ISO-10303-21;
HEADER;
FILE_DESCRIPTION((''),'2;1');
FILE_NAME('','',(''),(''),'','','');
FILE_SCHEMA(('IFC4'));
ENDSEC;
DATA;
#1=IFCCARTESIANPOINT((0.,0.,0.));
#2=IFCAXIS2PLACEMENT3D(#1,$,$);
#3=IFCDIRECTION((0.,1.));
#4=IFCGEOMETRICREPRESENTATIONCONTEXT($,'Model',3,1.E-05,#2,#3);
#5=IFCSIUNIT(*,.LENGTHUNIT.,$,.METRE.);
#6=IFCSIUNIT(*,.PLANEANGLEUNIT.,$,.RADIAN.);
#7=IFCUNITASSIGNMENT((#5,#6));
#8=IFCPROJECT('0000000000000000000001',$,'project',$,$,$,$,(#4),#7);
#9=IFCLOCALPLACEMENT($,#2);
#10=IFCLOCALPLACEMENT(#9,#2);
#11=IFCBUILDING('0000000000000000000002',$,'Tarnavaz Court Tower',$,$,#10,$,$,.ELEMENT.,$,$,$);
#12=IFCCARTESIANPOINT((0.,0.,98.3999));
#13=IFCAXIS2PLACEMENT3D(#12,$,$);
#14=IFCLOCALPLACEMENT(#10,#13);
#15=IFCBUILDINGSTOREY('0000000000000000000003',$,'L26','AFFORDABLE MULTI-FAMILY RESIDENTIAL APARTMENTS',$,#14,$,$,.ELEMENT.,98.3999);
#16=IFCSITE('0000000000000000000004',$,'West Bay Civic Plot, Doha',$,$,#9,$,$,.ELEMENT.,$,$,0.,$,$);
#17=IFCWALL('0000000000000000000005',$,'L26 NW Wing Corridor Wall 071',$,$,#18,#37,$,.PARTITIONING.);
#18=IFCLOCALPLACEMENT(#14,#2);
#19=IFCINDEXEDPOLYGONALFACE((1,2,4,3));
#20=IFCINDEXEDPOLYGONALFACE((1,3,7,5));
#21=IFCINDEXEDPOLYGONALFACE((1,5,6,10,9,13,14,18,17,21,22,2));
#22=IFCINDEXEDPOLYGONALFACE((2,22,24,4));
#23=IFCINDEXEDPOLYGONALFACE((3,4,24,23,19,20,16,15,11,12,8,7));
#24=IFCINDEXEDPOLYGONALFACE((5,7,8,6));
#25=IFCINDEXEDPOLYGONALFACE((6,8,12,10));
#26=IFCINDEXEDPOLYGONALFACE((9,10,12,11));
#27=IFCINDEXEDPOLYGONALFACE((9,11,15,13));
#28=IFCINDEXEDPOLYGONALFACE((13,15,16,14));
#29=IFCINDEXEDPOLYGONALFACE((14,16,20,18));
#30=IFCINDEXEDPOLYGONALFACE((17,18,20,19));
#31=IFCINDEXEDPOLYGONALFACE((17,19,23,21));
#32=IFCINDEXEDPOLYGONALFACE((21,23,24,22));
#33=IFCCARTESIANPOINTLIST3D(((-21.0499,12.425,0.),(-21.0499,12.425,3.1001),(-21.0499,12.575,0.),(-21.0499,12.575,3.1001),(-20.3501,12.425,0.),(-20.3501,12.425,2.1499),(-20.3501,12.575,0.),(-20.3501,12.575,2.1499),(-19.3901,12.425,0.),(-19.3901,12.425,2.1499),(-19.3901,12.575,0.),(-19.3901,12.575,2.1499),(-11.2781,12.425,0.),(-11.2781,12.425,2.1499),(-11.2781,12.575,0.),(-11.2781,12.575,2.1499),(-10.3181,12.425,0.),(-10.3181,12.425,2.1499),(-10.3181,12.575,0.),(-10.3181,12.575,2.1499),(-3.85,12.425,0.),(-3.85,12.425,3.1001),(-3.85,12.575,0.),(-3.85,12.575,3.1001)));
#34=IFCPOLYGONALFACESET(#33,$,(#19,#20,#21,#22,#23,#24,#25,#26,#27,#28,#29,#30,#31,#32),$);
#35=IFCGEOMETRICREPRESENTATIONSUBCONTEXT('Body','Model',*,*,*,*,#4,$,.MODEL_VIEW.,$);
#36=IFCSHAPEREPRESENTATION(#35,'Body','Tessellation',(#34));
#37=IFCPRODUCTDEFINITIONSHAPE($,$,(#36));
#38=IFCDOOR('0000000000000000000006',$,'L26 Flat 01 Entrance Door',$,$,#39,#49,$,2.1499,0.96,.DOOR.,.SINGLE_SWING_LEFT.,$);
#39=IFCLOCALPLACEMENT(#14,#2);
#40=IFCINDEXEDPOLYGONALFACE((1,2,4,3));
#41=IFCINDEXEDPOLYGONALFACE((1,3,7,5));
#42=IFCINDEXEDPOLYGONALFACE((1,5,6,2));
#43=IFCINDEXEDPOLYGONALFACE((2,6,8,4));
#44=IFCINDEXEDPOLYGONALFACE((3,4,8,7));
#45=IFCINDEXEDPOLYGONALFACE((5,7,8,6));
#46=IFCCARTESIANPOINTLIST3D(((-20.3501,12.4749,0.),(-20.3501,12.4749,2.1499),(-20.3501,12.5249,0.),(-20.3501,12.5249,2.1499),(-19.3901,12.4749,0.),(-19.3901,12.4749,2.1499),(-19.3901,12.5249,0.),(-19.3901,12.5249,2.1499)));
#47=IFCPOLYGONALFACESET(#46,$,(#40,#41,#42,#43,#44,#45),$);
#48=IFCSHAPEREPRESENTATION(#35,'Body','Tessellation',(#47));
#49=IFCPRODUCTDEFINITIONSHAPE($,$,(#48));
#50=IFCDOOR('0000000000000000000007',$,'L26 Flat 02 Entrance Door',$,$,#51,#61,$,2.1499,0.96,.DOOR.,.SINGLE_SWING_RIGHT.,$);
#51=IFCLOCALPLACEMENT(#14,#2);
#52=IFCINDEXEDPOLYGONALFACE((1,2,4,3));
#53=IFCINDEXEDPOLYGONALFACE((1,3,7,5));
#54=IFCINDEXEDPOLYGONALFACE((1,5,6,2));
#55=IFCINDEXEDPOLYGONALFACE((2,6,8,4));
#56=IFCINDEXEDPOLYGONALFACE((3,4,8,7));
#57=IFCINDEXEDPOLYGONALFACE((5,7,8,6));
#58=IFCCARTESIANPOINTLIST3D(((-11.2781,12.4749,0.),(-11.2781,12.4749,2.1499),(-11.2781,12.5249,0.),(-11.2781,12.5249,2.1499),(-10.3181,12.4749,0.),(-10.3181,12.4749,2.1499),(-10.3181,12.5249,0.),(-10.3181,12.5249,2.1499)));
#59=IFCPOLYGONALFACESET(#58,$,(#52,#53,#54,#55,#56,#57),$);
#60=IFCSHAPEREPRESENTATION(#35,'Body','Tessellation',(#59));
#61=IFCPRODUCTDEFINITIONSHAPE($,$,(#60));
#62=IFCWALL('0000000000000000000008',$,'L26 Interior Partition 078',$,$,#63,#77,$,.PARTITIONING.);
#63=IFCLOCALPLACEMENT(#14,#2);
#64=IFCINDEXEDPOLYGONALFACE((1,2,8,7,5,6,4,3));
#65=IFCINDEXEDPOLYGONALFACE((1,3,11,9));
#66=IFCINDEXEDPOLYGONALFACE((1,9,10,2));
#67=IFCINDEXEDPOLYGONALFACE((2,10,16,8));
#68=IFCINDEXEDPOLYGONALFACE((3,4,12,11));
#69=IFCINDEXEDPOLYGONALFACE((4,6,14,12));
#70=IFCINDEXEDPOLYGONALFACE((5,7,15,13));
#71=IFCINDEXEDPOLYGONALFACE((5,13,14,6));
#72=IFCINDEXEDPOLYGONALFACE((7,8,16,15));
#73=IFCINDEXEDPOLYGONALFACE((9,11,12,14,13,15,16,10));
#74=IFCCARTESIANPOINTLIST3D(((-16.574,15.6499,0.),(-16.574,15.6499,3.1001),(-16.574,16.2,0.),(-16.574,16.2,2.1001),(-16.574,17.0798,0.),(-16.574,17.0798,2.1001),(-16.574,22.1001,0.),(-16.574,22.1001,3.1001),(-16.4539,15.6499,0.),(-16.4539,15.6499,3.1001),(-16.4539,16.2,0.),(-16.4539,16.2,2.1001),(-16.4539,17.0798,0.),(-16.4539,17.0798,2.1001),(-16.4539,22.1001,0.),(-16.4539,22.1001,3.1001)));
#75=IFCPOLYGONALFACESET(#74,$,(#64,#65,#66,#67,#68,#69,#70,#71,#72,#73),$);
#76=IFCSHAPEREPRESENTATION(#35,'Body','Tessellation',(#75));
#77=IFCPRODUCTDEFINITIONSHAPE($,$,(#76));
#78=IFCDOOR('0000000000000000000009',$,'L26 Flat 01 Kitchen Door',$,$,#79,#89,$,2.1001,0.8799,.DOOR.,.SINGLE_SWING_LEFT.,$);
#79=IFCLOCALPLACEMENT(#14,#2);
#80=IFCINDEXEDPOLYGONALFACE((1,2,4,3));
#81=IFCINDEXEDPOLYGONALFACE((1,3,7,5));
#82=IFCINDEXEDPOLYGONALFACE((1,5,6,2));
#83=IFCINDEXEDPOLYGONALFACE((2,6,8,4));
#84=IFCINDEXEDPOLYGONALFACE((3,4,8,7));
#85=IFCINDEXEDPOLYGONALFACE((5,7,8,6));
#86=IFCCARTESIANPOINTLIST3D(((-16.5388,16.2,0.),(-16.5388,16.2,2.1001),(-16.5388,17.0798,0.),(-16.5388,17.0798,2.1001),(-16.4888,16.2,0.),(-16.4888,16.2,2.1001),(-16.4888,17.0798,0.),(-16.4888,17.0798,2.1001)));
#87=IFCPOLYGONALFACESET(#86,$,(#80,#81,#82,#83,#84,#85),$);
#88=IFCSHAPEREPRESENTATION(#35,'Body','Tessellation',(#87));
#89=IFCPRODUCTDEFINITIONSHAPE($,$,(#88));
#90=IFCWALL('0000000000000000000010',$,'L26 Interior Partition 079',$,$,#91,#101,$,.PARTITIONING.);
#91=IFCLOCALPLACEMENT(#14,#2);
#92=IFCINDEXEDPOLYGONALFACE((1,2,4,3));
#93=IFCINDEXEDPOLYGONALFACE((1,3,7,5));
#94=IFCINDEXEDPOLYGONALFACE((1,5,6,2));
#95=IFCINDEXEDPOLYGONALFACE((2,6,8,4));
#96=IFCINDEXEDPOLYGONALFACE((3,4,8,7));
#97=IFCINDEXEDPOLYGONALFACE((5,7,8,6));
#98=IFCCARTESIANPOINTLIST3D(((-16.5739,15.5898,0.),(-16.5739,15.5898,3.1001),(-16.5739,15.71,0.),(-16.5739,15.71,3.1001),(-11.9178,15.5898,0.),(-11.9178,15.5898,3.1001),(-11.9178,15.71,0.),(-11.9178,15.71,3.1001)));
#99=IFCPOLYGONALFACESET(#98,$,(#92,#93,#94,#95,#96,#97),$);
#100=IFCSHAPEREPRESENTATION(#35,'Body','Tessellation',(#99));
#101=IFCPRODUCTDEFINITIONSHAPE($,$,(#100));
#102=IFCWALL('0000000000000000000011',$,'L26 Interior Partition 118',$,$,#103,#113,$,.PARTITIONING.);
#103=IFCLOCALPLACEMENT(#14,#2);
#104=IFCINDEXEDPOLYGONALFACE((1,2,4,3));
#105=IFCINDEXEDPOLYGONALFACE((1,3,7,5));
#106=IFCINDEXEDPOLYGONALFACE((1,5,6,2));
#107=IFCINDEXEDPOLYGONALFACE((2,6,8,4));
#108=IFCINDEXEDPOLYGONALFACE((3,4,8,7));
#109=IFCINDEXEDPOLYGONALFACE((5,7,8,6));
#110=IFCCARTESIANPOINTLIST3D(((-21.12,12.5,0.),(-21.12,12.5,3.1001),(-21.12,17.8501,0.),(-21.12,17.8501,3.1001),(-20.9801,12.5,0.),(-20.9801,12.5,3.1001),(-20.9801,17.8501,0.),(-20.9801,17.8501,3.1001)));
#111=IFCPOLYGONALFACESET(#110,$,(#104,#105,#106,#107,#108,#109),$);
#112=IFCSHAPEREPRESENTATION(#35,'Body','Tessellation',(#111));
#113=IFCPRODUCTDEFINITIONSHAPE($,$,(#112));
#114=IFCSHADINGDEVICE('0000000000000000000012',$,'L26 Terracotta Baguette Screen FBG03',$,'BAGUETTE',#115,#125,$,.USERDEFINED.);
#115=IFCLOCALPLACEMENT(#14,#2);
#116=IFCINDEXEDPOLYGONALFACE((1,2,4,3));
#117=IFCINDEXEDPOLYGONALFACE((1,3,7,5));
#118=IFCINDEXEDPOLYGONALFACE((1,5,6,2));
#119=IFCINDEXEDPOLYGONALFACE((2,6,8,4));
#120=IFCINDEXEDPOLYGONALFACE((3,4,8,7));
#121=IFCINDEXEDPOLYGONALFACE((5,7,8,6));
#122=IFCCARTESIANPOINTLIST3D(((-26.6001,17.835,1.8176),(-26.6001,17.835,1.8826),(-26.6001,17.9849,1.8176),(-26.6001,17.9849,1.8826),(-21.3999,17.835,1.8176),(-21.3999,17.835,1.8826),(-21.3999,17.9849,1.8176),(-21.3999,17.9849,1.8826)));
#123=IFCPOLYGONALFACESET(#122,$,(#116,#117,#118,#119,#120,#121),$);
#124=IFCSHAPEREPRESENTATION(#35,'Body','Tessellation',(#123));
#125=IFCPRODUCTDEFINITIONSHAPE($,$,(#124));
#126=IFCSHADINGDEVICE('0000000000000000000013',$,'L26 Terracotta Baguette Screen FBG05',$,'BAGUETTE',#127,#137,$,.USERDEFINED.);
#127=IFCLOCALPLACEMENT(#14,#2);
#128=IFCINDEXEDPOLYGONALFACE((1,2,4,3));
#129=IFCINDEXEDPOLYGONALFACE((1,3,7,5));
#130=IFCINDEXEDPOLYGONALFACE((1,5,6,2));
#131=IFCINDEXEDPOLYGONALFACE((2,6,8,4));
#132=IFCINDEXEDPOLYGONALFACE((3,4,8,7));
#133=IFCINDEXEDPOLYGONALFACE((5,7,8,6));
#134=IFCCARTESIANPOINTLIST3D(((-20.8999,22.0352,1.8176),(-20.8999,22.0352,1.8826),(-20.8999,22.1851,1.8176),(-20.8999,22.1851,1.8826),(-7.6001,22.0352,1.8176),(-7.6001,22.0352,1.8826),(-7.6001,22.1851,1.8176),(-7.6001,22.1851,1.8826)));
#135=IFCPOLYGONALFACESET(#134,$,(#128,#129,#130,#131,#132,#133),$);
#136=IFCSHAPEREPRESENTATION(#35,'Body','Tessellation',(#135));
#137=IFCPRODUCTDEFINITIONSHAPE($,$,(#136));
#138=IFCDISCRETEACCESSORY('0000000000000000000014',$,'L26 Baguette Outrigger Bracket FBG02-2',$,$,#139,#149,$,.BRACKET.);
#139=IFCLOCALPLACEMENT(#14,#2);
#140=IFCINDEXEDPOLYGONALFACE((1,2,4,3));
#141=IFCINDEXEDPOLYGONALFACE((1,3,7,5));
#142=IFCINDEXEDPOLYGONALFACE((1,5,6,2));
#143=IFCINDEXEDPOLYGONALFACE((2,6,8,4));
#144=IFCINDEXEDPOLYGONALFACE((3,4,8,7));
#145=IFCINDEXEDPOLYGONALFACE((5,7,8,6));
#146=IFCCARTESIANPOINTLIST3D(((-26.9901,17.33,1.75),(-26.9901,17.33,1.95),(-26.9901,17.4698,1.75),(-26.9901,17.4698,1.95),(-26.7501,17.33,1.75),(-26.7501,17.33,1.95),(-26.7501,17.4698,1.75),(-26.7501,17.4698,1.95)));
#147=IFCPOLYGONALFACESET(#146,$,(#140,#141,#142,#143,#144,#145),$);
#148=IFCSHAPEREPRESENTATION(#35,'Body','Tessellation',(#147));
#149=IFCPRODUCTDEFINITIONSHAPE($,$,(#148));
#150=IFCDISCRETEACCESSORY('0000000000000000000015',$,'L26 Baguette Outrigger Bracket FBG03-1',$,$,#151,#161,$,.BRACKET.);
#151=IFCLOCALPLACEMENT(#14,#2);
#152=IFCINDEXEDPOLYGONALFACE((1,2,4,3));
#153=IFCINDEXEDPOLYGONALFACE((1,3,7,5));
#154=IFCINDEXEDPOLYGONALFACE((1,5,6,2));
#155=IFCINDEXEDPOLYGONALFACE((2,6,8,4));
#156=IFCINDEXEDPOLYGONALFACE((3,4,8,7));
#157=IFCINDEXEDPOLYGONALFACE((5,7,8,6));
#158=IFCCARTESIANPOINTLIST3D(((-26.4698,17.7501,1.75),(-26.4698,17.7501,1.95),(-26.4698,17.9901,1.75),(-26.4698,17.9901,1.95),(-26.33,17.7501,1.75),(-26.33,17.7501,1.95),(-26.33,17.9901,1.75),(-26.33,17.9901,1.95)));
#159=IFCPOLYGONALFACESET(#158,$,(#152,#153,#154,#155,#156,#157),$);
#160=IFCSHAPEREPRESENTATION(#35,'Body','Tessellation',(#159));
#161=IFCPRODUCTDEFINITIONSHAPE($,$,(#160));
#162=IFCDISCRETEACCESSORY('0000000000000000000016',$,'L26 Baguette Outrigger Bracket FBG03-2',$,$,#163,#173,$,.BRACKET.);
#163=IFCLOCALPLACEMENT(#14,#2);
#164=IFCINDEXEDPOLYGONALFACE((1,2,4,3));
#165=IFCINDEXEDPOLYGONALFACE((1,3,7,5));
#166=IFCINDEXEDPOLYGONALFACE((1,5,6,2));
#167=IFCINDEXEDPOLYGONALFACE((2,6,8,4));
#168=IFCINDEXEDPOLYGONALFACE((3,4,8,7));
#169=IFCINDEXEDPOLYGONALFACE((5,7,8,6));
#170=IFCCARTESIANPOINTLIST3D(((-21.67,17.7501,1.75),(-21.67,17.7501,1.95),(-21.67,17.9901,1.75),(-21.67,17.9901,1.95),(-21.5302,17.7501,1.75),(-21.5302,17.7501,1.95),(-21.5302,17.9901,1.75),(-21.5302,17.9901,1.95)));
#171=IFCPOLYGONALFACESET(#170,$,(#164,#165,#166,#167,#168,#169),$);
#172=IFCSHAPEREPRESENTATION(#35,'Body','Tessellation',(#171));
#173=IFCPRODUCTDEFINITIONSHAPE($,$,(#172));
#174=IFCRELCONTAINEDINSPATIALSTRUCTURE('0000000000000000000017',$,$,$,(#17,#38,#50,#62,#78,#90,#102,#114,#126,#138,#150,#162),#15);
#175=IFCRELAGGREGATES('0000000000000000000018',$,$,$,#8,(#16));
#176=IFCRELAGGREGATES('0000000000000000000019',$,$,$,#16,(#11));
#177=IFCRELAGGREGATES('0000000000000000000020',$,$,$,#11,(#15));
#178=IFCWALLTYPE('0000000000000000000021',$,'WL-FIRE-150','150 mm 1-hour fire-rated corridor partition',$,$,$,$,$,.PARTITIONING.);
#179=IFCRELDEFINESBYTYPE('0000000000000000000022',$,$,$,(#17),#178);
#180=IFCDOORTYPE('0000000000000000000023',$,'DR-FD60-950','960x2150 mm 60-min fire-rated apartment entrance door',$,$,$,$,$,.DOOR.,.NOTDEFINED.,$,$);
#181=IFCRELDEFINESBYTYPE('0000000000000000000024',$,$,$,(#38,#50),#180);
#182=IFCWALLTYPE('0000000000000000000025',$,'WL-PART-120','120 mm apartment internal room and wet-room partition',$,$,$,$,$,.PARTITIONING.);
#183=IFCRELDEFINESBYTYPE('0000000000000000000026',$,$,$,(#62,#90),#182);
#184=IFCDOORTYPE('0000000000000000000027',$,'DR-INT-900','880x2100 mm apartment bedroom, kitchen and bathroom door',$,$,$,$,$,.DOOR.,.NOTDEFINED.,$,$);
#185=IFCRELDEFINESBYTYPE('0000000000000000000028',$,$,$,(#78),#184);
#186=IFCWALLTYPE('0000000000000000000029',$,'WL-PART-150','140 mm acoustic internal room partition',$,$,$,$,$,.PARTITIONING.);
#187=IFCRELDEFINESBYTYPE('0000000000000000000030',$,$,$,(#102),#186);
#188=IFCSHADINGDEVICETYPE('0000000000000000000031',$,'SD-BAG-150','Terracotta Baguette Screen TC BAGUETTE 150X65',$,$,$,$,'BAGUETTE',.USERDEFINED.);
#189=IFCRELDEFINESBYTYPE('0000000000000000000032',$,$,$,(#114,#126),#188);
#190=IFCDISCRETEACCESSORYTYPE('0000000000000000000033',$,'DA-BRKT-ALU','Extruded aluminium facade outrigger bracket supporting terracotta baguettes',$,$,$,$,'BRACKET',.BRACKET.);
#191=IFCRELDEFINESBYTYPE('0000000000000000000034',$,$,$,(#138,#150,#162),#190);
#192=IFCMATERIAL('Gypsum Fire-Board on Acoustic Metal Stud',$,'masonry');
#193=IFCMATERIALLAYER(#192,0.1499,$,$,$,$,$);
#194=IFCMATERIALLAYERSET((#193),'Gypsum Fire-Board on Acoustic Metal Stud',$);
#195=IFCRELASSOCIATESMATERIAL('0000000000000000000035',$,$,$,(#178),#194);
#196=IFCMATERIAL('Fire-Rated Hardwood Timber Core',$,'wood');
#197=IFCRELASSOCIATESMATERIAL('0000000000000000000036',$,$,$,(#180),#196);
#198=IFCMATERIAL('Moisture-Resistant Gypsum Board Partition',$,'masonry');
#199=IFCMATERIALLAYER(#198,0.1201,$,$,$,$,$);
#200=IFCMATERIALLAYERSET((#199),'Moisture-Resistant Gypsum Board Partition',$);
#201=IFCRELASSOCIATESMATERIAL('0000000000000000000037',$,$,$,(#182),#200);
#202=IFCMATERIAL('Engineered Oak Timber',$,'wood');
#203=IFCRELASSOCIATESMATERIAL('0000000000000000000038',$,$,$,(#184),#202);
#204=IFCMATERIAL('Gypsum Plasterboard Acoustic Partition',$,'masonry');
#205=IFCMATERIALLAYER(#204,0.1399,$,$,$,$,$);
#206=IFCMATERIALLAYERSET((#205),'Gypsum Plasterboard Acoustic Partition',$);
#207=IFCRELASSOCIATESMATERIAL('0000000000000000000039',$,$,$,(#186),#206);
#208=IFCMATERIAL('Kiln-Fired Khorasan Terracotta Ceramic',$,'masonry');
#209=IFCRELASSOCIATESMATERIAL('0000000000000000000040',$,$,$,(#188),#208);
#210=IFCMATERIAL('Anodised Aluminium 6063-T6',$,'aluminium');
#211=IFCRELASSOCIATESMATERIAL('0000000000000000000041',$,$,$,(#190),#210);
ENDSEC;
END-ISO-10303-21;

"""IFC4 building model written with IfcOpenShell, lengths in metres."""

from ifc_helpers import new_model, si_unit, direction, frame, frame_2d, origin, origin_2d, place, context, subcontext, project, spatial, rectangle, extrude, material, layer, layer_set, material_profile, profile_set, type_object, element, fill, save


model = new_model("IFC4")

# Units and contexts
model_context = context("Model", 3, precision=1e-05, world=origin(), true_north=direction((0.0, 1.0)))
body_context = subcontext(model_context, "Body", "Model", "MODEL_VIEW")
ifc_project = project(units=[si_unit("LENGTHUNIT", "METRE"), si_unit("PLANEANGLEUNIT", "RADIAN")], contexts=[model_context])

# Site, building, storey
site_placement = place(None, origin())
site = spatial("IfcSite", under=ifc_project, at=site_placement, Name="West Bay Civic Plot, Doha", CompositionType="ELEMENT", RefElevation=0.0)
building_placement = place(site_placement, origin())
building = spatial("IfcBuilding", under=site, at=building_placement, Name="Tarnavaz Court Tower", CompositionType="ELEMENT")
storey_placement = place(building_placement, frame((0.0, 0.0, 98.3999)))
storey = spatial("IfcBuildingStorey", under=building, at=storey_placement, Name="L26", Description="AFFORDABLE MULTI-FAMILY RESIDENTIAL APARTMENTS", CompositionType="ELEMENT", Elevation=98.3999)

# Wall, openings, doors
ifc_material_1 = material(Name="Gypsum Fire-Board on Acoustic Metal Stud", Category="masonry")
ifc_layer_1 = layer(ifc_material_1, 0.1499)
ifc_layer_set_1 = layer_set([ifc_layer_1], Name="Gypsum Fire-Board on Acoustic Metal Stud")
wall_type_1 = type_object("IfcWallType", Name="WL-FIRE-150", Description="150 mm 1-hour fire-rated corridor partition", PredefinedType="PARTITIONING", material=ifc_layer_set_1)
wall_1_placement = place(storey_placement, frame((-21.05, 12.5, 0.0), z_axis=(0.0, 0.0, 1.0), x_axis=(1.0, 0.0, 0.0)))
wall_1 = element("IfcWall", 1, at=wall_1_placement, inside=storey, type_object=wall_type_1, Name="L26 NW Wing Corridor Wall 071", PredefinedType="PARTITIONING", context=body_context, shape_type="SweptSolid", body=[
    extrude(rectangle(XDim=17.2, YDim=0.1499, at=frame_2d((8.6001, 0.0))), origin(), (0.0, 0.0, 1.0), 3.1001),
])
opening_1_placement = place(wall_1_placement, frame((0.7, 0.0, 0.0)))
opening_1 = element("IfcOpeningElement", 2, at=opening_1_placement, cuts=wall_1, PredefinedType="OPENING", context=body_context, shape_type="SweptSolid", body=[
    extrude(rectangle(XDim=0.96, YDim=2.1499, at=frame_2d((0.48, 1.075))), frame((0.0, 0.085, 0.0), z_axis=(0.0, -1.0, 0.0), x_axis=(1.0, 0.0, 0.0)), (0.0, 0.0, 1.0), 0.1699),
])
opening_2_placement = place(wall_1_placement, frame((9.772, 0.0, 0.0)))
opening_2 = element("IfcOpeningElement", 3, at=opening_2_placement, cuts=wall_1, PredefinedType="OPENING", context=body_context, shape_type="SweptSolid", body=[
    extrude(rectangle(XDim=0.96, YDim=2.1499, at=frame_2d((0.48, 1.075))), frame((0.0, 0.085, 0.0), z_axis=(0.0, -1.0, 0.0), x_axis=(1.0, 0.0, 0.0)), (0.0, 0.0, 1.0), 0.1699),
])
ifc_material_2 = material(Name="Fire-Rated Hardwood Timber Core", Category="wood")
door_type_1 = type_object("IfcDoorType", Name="DR-FD60-950", Description="960x2150 mm 60-min fire-rated apartment entrance door", OperationType="NOTDEFINED", PredefinedType="DOOR", material=ifc_material_2)
door_1_placement = place(opening_1_placement, origin())
door_1 = element("IfcDoor", 4, at=door_1_placement, inside=storey, type_object=door_type_1, Name="L26 Flat 01 Entrance Door", OperationType="SINGLE_SWING_LEFT", OverallHeight=2.1499, OverallWidth=0.96, PredefinedType="DOOR", context=body_context, shape_type="SweptSolid", body=[
    extrude(rectangle(XDim=0.96, YDim=2.1499, at=frame_2d((0.48, 1.075))), frame((0.0, 0.0249, 0.0), z_axis=(0.0, -1.0, 0.0), x_axis=(1.0, 0.0, 0.0)), (0.0, 0.0, 1.0), 0.05),
])
fill(opening_1, door_1)
door_2_placement = place(opening_2_placement, origin())
door_2 = element("IfcDoor", 5, at=door_2_placement, inside=storey, type_object=door_type_1, Name="L26 Flat 02 Entrance Door", OperationType="SINGLE_SWING_RIGHT", OverallHeight=2.1499, OverallWidth=0.96, PredefinedType="DOOR", context=body_context, shape_type="SweptSolid", body=[
    extrude(rectangle(XDim=0.96, YDim=2.1499, at=frame_2d((0.48, 1.075))), frame((0.0, 0.0249, 0.0), z_axis=(0.0, -1.0, 0.0), x_axis=(1.0, 0.0, 0.0)), (0.0, 0.0, 1.0), 0.05),
])
fill(opening_2, door_2)

# Wall, opening, door
ifc_material_3 = material(Name="Moisture-Resistant Gypsum Board Partition", Category="masonry")
ifc_layer_2 = layer(ifc_material_3, 0.1201)
ifc_layer_set_2 = layer_set([ifc_layer_2], Name="Moisture-Resistant Gypsum Board Partition")
wall_type_2 = type_object("IfcWallType", Name="WL-PART-120", Description="120 mm apartment internal room and wet-room partition", PredefinedType="PARTITIONING", material=ifc_layer_set_2)
wall_2_placement = place(storey_placement, frame((-16.5139, 15.6499, 0.0), z_axis=(0.0, 0.0, 1.0), x_axis=(0.0, 1.0, 0.0)))
wall_2 = element("IfcWall", 6, at=wall_2_placement, inside=storey, type_object=wall_type_2, Name="L26 Interior Partition 078", PredefinedType="PARTITIONING", context=body_context, shape_type="SweptSolid", body=[
    extrude(rectangle(XDim=6.4502, YDim=0.1201, at=frame_2d((3.2251, 0.0))), origin(), (0.0, 0.0, 1.0), 3.1001),
])
opening_3_placement = place(wall_2_placement, frame((0.55, 0.0, 0.0)))
opening_3 = element("IfcOpeningElement", 7, at=opening_3_placement, cuts=wall_2, PredefinedType="OPENING", context=body_context, shape_type="SweptSolid", body=[
    extrude(rectangle(XDim=0.8799, YDim=2.1001, at=frame_2d((0.4399, 1.05))), frame((0.0, 0.0701, 0.0), z_axis=(0.0, -1.0, 0.0), x_axis=(1.0, 0.0, 0.0)), (0.0, 0.0, 1.0), 0.1401),
])
ifc_material_4 = material(Name="Engineered Oak Timber", Category="wood")
door_type_2 = type_object("IfcDoorType", Name="DR-INT-900", Description="880x2100 mm apartment bedroom, kitchen and bathroom door", OperationType="NOTDEFINED", PredefinedType="DOOR", material=ifc_material_4)
door_3_placement = place(opening_3_placement, origin())
door_3 = element("IfcDoor", 8, at=door_3_placement, inside=storey, type_object=door_type_2, Name="L26 Flat 01 Kitchen Door", OperationType="SINGLE_SWING_LEFT", OverallHeight=2.1001, OverallWidth=0.8799, PredefinedType="DOOR", context=body_context, shape_type="SweptSolid", body=[
    extrude(rectangle(XDim=0.8799, YDim=2.1001, at=frame_2d((0.4399, 1.05))), frame((0.0, 0.0249, 0.0), z_axis=(0.0, -1.0, 0.0), x_axis=(1.0, 0.0, 0.0)), (0.0, 0.0, 1.0), 0.05),
])
fill(opening_3, door_3)

# Walls
wall_3_placement = place(storey_placement, frame((-16.574, 15.6499, 0.0), z_axis=(0.0, 0.0, 1.0), x_axis=(1.0, 0.0, 0.0)))
element("IfcWall", 9, at=wall_3_placement, inside=storey, type_object=wall_type_2, Name="L26 Interior Partition 079", PredefinedType="PARTITIONING", context=body_context, shape_type="SweptSolid", body=[
    extrude(rectangle(XDim=4.656, YDim=0.1201, at=frame_2d((2.3281, 0.0))), origin(), (0.0, 0.0, 1.0), 3.1001),
])
ifc_material_5 = material(Name="Gypsum Plasterboard Acoustic Partition", Category="masonry")
ifc_layer_3 = layer(ifc_material_5, 0.1399)
ifc_layer_set_3 = layer_set([ifc_layer_3], Name="Gypsum Plasterboard Acoustic Partition")
wall_type_3 = type_object("IfcWallType", Name="WL-PART-150", Description="140 mm acoustic internal room partition", PredefinedType="PARTITIONING", material=ifc_layer_set_3)
wall_4_placement = place(storey_placement, frame((-21.05, 12.5, 0.0), z_axis=(0.0, 0.0, 1.0), x_axis=(0.0, 1.0, 0.0)))
element("IfcWall", 10, at=wall_4_placement, inside=storey, type_object=wall_type_3, Name="L26 Interior Partition 118", PredefinedType="PARTITIONING", context=body_context, shape_type="SweptSolid", body=[
    extrude(rectangle(XDim=5.3501, YDim=0.1399, at=frame_2d((2.675, 0.0))), origin(), (0.0, 0.0, 1.0), 3.1001),
])

# Shading devices
ifc_material_6 = material(Name="Kiln-Fired Khorasan Terracotta Ceramic", Category="masonry")
ifc_material_profile_1 = material_profile(ifc_material_6, rectangle(XDim=0.1499, YDim=0.0649, at=origin_2d()), Name="TC BAGUETTE 150X65")
ifc_profile_set_1 = profile_set([ifc_material_profile_1], Name="Kiln-Fired Khorasan Terracotta Ceramic")
shading_device_type = type_object("IfcShadingDeviceType", Name="SD-BAG-150", Description="Terracotta Baguette Screen TC BAGUETTE 150X65", ElementType="BAGUETTE", PredefinedType="USERDEFINED", material=ifc_profile_set_1)
shading_device_1_placement = place(storey_placement, frame((-26.6001, 17.9099, 1.8501), z_axis=(1.0, 0.0, 0.0), x_axis=(0.0, 1.0, 0.0)))
element("IfcShadingDevice", 11, at=shading_device_1_placement, inside=storey, type_object=shading_device_type, Name="L26 Terracotta Baguette Screen FBG03", ObjectType="BAGUETTE", PredefinedType="USERDEFINED", context=body_context, shape_type="SweptSolid", body=[
    extrude(rectangle(XDim=0.1499, YDim=0.0649, at=origin_2d()), origin(), (0.0, 0.0, 1.0), 5.2002),
])
shading_device_2_placement = place(storey_placement, frame((-20.8999, 22.1101, 1.8501), z_axis=(1.0, 0.0, 0.0), x_axis=(0.0, 1.0, 0.0)))
element("IfcShadingDevice", 12, at=shading_device_2_placement, inside=storey, type_object=shading_device_type, Name="L26 Terracotta Baguette Screen FBG05", ObjectType="BAGUETTE", PredefinedType="USERDEFINED", context=body_context, shape_type="SweptSolid", body=[
    extrude(rectangle(XDim=0.1499, YDim=0.0649, at=origin_2d()), origin(), (0.0, 0.0, 1.0), 13.2998),
])

# Discrete accessories
ifc_material_7 = material(Name="Anodised Aluminium 6063-T6", Category="aluminium")
discrete_accessory_type = type_object("IfcDiscreteAccessoryType", Name="DA-BRKT-ALU", Description="Extruded aluminium facade outrigger bracket supporting terracotta baguettes", ElementType="BRACKET", PredefinedType="BRACKET", material=ifc_material_7)
for number, where, z_axis, x_axis, name in (
    (13, (-26.8701, 17.3999, 1.75), (0.0, 0.0, 1.0), (0.0, 1.0, 0.0), "L26 Baguette Outrigger Bracket FBG02-2"),
    (14, (-26.3999, 17.8701, 1.75), (0.0, 0.0, 1.0), (1.0, 0.0, 0.0), "L26 Baguette Outrigger Bracket FBG03-1"),
    (15, (-21.6001, 17.8701, 1.75), (0.0, 0.0, 1.0), (1.0, 0.0, 0.0), "L26 Baguette Outrigger Bracket FBG03-2"),
):
    element("IfcDiscreteAccessory", number, at=place(storey_placement, frame(where, z_axis=z_axis, x_axis=x_axis)), inside=storey, type_object=discrete_accessory_type, Name=name, PredefinedType="BRACKET", context=body_context, shape_type="SweptSolid", body=[
        extrude(rectangle(XDim=0.1399, YDim=0.24, at=origin_2d()), origin(), (0.0, 0.0, 1.0), 0.2),
    ])

save(model, "model.ifc")
